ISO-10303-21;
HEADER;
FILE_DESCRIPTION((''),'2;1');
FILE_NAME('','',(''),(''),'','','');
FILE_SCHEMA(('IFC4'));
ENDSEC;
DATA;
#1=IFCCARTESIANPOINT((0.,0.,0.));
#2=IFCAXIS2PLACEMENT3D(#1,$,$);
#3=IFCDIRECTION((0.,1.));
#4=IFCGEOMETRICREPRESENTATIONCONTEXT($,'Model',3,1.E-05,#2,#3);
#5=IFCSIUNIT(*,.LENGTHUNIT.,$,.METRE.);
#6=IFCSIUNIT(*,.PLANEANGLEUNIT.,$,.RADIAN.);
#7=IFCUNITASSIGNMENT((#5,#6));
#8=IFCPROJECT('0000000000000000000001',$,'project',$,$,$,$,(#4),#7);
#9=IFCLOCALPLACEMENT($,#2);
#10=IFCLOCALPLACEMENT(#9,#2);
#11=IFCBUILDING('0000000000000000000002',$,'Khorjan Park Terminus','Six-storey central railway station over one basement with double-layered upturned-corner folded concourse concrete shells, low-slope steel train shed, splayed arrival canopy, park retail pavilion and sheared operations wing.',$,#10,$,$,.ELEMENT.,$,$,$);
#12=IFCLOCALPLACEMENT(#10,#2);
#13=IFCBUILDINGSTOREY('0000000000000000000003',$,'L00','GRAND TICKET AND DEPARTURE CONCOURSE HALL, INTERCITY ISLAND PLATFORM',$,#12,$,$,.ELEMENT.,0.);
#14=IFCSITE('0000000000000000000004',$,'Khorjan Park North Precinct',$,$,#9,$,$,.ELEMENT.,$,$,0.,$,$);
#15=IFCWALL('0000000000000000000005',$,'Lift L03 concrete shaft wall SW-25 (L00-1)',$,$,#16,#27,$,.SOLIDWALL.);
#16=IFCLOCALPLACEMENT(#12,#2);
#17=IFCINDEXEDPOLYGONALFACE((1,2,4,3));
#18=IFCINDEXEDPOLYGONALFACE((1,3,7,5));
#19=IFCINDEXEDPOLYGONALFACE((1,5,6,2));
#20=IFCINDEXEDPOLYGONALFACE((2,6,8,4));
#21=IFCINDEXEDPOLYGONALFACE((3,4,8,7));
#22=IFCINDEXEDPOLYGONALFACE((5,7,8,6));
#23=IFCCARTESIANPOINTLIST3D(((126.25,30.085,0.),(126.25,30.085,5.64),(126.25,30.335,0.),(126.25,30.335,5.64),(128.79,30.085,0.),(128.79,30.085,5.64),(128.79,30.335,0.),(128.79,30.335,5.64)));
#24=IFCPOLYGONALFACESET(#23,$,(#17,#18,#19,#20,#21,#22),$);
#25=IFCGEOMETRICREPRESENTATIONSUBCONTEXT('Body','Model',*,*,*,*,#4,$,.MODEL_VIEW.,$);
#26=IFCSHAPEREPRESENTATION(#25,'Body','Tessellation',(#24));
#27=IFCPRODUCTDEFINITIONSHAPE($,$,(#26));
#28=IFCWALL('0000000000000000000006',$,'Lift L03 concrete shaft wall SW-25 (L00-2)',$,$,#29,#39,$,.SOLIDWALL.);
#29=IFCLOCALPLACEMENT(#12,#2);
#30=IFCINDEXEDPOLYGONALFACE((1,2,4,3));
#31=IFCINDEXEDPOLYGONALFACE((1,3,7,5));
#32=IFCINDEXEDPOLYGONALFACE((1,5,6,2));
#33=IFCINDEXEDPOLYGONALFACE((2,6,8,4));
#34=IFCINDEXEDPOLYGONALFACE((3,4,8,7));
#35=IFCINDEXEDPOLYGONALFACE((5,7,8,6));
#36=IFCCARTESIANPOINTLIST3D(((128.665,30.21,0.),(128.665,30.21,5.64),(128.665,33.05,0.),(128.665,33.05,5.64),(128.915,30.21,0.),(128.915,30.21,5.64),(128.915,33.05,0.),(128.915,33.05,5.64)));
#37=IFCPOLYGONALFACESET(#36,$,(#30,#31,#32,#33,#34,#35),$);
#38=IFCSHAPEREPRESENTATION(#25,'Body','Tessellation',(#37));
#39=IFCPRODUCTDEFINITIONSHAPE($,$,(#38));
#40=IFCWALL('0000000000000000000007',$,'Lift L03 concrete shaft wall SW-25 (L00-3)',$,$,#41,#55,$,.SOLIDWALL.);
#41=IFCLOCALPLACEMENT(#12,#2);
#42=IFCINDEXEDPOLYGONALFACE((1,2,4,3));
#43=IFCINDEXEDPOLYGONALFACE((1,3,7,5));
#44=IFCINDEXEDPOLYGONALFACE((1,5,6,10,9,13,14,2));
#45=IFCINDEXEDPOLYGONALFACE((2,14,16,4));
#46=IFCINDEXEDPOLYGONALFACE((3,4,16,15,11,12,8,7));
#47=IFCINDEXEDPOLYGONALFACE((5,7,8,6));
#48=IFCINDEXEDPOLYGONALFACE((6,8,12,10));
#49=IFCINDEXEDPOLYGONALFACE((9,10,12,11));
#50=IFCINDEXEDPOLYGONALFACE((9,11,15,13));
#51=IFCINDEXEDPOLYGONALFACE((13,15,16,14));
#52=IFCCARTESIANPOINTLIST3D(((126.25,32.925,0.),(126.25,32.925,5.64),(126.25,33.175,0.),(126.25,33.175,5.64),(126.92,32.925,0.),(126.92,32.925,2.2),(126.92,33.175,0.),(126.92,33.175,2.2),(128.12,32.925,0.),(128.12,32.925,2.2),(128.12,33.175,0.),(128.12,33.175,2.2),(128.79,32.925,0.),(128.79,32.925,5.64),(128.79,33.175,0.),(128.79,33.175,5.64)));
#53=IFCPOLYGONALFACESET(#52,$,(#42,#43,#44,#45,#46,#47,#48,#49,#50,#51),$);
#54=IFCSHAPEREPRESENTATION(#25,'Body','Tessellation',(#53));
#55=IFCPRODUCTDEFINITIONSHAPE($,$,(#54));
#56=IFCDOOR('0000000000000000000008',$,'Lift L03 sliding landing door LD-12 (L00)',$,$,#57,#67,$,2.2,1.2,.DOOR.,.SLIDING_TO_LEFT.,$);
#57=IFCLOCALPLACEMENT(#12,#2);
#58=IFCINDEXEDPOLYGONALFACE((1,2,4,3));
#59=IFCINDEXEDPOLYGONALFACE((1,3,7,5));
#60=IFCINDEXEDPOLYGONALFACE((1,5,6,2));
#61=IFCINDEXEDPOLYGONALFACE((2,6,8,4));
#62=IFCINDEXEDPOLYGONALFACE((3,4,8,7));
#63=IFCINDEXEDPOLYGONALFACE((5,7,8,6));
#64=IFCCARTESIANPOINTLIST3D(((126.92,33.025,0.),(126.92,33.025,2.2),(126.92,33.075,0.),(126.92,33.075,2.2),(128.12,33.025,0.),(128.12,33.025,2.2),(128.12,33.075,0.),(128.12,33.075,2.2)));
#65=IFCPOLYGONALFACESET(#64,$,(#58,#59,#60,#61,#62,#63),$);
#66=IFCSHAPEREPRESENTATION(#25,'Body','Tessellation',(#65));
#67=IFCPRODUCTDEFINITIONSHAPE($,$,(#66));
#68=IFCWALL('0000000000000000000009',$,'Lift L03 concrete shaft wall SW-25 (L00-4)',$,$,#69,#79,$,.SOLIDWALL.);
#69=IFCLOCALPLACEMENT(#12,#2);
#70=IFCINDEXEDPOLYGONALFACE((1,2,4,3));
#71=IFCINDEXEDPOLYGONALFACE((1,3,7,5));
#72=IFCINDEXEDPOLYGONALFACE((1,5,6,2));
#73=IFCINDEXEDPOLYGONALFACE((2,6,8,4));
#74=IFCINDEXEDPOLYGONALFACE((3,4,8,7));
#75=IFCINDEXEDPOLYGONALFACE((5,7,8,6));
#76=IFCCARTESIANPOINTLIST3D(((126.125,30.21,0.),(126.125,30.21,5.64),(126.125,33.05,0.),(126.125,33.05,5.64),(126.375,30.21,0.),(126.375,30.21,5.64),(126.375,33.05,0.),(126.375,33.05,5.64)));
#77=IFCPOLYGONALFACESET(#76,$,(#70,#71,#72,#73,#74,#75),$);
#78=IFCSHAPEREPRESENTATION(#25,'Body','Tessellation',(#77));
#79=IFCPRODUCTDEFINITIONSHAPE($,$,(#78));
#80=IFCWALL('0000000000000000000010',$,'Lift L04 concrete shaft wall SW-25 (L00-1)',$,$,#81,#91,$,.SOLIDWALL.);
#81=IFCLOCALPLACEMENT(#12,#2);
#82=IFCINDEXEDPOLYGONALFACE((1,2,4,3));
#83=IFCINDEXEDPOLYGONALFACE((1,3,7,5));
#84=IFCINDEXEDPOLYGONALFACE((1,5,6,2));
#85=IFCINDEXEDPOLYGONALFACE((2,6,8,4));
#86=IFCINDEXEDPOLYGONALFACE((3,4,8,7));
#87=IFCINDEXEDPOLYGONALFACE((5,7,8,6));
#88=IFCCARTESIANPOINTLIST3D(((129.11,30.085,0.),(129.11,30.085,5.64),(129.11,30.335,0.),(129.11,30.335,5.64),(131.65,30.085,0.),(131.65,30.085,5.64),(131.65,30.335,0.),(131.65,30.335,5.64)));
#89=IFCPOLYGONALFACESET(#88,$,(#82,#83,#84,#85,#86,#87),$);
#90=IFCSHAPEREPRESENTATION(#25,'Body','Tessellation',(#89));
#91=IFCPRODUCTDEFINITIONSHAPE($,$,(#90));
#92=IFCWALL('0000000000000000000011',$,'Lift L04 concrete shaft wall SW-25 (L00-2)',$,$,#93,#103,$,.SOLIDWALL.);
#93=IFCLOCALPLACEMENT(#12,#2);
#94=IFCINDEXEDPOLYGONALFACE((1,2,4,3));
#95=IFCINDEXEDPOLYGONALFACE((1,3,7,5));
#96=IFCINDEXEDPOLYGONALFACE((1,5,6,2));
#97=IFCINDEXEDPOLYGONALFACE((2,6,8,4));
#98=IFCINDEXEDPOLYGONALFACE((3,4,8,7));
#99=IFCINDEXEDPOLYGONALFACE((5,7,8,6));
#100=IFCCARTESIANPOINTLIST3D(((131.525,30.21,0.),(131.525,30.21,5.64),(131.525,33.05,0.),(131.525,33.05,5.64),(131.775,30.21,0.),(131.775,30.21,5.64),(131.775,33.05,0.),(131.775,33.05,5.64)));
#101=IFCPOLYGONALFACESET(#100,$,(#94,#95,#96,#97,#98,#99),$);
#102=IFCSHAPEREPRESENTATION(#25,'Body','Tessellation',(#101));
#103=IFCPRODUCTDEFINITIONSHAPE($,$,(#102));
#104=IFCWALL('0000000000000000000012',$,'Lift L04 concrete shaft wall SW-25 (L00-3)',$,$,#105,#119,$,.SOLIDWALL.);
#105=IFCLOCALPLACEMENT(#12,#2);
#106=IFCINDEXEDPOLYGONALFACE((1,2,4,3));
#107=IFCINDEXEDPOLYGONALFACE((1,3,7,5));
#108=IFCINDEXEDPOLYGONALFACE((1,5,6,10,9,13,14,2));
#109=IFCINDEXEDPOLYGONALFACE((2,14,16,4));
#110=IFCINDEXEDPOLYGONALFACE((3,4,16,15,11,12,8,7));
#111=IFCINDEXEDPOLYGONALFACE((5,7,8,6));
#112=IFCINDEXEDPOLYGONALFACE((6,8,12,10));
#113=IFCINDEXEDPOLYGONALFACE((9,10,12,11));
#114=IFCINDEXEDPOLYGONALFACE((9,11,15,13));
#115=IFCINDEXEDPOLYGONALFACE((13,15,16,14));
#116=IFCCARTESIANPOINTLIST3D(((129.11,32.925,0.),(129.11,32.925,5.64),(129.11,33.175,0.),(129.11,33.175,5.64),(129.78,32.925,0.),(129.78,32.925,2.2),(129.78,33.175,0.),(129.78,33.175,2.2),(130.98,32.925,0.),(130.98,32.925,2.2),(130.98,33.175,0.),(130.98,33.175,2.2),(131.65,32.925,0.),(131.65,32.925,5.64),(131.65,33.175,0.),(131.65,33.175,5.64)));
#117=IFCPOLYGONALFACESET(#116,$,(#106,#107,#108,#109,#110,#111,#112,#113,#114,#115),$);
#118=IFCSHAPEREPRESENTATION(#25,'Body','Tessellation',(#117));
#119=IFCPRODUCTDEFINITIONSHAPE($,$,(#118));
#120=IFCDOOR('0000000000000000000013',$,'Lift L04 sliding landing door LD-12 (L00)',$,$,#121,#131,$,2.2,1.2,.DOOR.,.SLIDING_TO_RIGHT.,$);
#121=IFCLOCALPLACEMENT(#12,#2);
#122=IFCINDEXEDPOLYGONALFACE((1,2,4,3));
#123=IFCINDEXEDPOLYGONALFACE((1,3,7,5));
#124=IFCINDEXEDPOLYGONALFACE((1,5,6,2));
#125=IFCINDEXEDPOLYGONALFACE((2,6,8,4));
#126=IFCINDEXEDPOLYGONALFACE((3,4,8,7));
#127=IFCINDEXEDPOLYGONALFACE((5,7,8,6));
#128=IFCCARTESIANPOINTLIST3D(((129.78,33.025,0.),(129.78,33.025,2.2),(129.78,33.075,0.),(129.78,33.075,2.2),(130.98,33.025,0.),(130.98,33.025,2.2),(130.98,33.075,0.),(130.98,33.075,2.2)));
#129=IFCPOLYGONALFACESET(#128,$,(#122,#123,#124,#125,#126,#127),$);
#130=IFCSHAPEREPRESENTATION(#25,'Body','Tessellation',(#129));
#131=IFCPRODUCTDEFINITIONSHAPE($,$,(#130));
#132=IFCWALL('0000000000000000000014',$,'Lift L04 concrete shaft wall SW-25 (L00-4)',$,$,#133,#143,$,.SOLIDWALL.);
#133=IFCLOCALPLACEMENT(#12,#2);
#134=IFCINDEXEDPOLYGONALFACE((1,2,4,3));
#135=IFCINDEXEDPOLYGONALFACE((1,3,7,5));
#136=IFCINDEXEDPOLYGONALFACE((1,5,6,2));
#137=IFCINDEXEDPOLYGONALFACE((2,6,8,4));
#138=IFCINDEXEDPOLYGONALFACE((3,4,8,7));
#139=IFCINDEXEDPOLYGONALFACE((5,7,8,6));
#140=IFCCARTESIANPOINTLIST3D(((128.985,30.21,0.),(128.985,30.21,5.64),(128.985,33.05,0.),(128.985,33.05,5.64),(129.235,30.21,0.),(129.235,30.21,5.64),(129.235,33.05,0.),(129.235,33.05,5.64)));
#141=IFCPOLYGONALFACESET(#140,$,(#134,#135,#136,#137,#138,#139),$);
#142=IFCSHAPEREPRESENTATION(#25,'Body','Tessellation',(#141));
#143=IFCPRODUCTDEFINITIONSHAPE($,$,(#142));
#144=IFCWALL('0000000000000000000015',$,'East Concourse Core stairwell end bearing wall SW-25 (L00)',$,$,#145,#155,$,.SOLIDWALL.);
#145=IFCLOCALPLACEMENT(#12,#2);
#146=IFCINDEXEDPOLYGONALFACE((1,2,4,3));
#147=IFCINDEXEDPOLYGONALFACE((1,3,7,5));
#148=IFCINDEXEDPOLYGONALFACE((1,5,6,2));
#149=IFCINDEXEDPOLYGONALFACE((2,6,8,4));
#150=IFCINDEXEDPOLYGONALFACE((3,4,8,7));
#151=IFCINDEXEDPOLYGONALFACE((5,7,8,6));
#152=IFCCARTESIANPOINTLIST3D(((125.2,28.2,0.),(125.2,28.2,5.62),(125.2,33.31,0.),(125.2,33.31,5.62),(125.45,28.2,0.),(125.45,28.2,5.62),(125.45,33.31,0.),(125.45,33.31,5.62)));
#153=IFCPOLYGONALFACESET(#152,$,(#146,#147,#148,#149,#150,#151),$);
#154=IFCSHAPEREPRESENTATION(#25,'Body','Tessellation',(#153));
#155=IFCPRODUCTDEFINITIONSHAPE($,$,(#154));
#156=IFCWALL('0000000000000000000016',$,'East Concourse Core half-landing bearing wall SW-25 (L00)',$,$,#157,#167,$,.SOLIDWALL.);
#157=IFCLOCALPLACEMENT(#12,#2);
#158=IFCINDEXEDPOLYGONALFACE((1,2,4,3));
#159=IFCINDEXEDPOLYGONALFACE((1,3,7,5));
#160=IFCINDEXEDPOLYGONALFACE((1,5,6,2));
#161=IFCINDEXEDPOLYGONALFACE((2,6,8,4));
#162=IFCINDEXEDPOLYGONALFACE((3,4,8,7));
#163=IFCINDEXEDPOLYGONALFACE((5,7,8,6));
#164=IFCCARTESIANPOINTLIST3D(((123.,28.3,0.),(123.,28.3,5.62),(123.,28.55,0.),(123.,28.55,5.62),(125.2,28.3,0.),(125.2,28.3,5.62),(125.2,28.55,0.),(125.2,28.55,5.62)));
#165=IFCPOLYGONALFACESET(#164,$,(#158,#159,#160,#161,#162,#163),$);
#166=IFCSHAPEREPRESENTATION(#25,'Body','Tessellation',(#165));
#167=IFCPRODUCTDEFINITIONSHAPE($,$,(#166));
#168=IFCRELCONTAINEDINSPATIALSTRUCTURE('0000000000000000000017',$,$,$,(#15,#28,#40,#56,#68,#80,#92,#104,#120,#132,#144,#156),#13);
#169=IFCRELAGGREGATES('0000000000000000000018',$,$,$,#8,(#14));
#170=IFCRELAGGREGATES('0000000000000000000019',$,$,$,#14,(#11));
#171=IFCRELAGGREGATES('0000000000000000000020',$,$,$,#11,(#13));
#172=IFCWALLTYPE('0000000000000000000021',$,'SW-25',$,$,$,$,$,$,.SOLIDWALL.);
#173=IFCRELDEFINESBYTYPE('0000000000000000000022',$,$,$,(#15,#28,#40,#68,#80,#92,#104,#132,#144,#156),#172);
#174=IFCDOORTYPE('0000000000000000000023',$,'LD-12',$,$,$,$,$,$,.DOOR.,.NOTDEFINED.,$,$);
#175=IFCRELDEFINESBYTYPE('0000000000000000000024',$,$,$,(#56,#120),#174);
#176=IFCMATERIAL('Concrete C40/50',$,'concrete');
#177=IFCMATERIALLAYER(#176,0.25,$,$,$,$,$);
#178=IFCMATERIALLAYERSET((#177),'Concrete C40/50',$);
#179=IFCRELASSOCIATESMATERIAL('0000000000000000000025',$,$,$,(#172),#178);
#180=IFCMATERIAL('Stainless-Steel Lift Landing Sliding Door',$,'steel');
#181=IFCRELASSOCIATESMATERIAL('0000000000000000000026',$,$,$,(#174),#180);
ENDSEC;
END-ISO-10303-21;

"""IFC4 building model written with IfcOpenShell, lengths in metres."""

from ifc_helpers import new_model, si_unit, direction, frame, frame_2d, origin, place, context, subcontext, project, spatial, rectangle, extrude, material, layer, layer_set, type_object, element, fill, save


model = new_model("IFC4")

# Units and contexts
model_context = context("Model", 3, precision=1e-05, world=origin(), true_north=direction((0.0, 1.0)))
body_context = subcontext(model_context, "Body", "Model", "MODEL_VIEW")
ifc_project = project(units=[si_unit("LENGTHUNIT", "METRE"), si_unit("PLANEANGLEUNIT", "RADIAN")], contexts=[model_context])

# Site, building, storey
site_placement = place(None, origin())
site = spatial("IfcSite", under=ifc_project, at=site_placement, Name="Khorjan Park North Precinct", CompositionType="ELEMENT", RefElevation=0.0)
building_placement = place(site_placement, origin())
building = spatial("IfcBuilding", under=site, at=building_placement, Name="Khorjan Park Terminus", Description="Six-storey central railway station over one basement with double-layered upturned-corner folded concourse concrete shells, low-slope steel train shed, splayed arrival canopy, park retail pavilion and sheared operations wing.", CompositionType="ELEMENT")
storey_placement = place(building_placement, origin())
storey = spatial("IfcBuildingStorey", under=building, at=storey_placement, Name="L00", Description="GRAND TICKET AND DEPARTURE CONCOURSE HALL, INTERCITY ISLAND PLATFORM", CompositionType="ELEMENT", Elevation=0.0)

# Walls
ifc_material_1 = material(Name="Concrete C40/50", Category="concrete")
ifc_layer = layer(ifc_material_1, 0.25)
ifc_layer_set = layer_set([ifc_layer], Name="Concrete C40/50")
wall_type = type_object("IfcWallType", Name="SW-25", PredefinedType="SOLIDWALL", material=ifc_layer_set)
wall_1_placement = place(storey_placement, frame((126.25, 30.21, 0.0), z_axis=(0.0, 0.0, 1.0), x_axis=(1.0, 0.0, 0.0)))
element("IfcWall", 1, at=wall_1_placement, inside=storey, type_object=wall_type, Name="Lift L03 concrete shaft wall SW-25 (L00-1)", PredefinedType="SOLIDWALL", context=body_context, shape_type="SweptSolid", body=[
    extrude(rectangle(XDim=2.54, YDim=0.25, at=frame_2d((1.27, 0.0))), origin(), (0.0, 0.0, 1.0), 5.64),
])
wall_2_placement = place(storey_placement, frame((128.79, 30.21, 0.0), z_axis=(0.0, 0.0, 1.0), x_axis=(0.0, 1.0, 0.0)))
element("IfcWall", 2, at=wall_2_placement, inside=storey, type_object=wall_type, Name="Lift L03 concrete shaft wall SW-25 (L00-2)", PredefinedType="SOLIDWALL", context=body_context, shape_type="SweptSolid", body=[
    extrude(rectangle(XDim=2.84, YDim=0.25, at=frame_2d((1.42, 0.0))), origin(), (0.0, 0.0, 1.0), 5.64),
])

# Wall, opening, door
wall_3_placement = place(storey_placement, frame((128.79, 33.05, 0.0), z_axis=(0.0, 0.0, 1.0), x_axis=(-1.0, 0.0, 0.0)))
wall_3 = element("IfcWall", 3, at=wall_3_placement, inside=storey, type_object=wall_type, Name="Lift L03 concrete shaft wall SW-25 (L00-3)", PredefinedType="SOLIDWALL", context=body_context, shape_type="SweptSolid", body=[
    extrude(rectangle(XDim=2.54, YDim=0.25, at=frame_2d((1.27, 0.0))), origin(), (0.0, 0.0, 1.0), 5.64),
])
opening_1_placement = place(wall_3_placement, frame((0.67, 0.0, 0.0)))
opening_1 = element("IfcOpeningElement", 4, at=opening_1_placement, cuts=wall_3, PredefinedType="OPENING", context=body_context, shape_type="SweptSolid", body=[
    extrude(rectangle(XDim=1.2, YDim=2.2, at=frame_2d((0.6, 1.1))), frame((0.0, 0.135, 0.0), z_axis=(0.0, -1.0, 0.0), x_axis=(1.0, 0.0, 0.0)), (0.0, 0.0, 1.0), 0.27),
])
ifc_material_2 = material(Name="Stainless-Steel Lift Landing Sliding Door", Category="steel")
door_type = type_object("IfcDoorType", Name="LD-12", OperationType="NOTDEFINED", PredefinedType="DOOR", material=ifc_material_2)
door_1_placement = place(opening_1_placement, origin())
door_1 = element("IfcDoor", 5, at=door_1_placement, inside=storey, type_object=door_type, Name="Lift L03 sliding landing door LD-12 (L00)", OperationType="SLIDING_TO_LEFT", OverallHeight=2.2, OverallWidth=1.2, PredefinedType="DOOR", context=body_context, shape_type="SweptSolid", body=[
    extrude(rectangle(XDim=1.2, YDim=2.2, at=frame_2d((0.6, 1.1))), frame((0.0, 0.025, 0.0), z_axis=(0.0, -1.0, 0.0), x_axis=(1.0, 0.0, 0.0)), (0.0, 0.0, 1.0), 0.05),
])
fill(opening_1, door_1)

# Walls
wall_4_placement = place(storey_placement, frame((126.25, 33.05, 0.0), z_axis=(0.0, 0.0, 1.0), x_axis=(0.0, -1.0, 0.0)))
element("IfcWall", 6, at=wall_4_placement, inside=storey, type_object=wall_type, Name="Lift L03 concrete shaft wall SW-25 (L00-4)", PredefinedType="SOLIDWALL", context=body_context, shape_type="SweptSolid", body=[
    extrude(rectangle(XDim=2.84, YDim=0.25, at=frame_2d((1.42, 0.0))), origin(), (0.0, 0.0, 1.0), 5.64),
])
wall_5_placement = place(storey_placement, frame((129.11, 30.21, 0.0), z_axis=(0.0, 0.0, 1.0), x_axis=(1.0, 0.0, 0.0)))
element("IfcWall", 7, at=wall_5_placement, inside=storey, type_object=wall_type, Name="Lift L04 concrete shaft wall SW-25 (L00-1)", PredefinedType="SOLIDWALL", context=body_context, shape_type="SweptSolid", body=[
    extrude(rectangle(XDim=2.54, YDim=0.25, at=frame_2d((1.27, 0.0))), origin(), (0.0, 0.0, 1.0), 5.64),
])
wall_6_placement = place(storey_placement, frame((131.65, 30.21, 0.0), z_axis=(0.0, 0.0, 1.0), x_axis=(0.0, 1.0, 0.0)))
element("IfcWall", 8, at=wall_6_placement, inside=storey, type_object=wall_type, Name="Lift L04 concrete shaft wall SW-25 (L00-2)", PredefinedType="SOLIDWALL", context=body_context, shape_type="SweptSolid", body=[
    extrude(rectangle(XDim=2.84, YDim=0.25, at=frame_2d((1.42, 0.0))), origin(), (0.0, 0.0, 1.0), 5.64),
])

# Wall, opening, door
wall_7_placement = place(storey_placement, frame((131.65, 33.05, 0.0), z_axis=(0.0, 0.0, 1.0), x_axis=(-1.0, 0.0, 0.0)))
wall_7 = element("IfcWall", 9, at=wall_7_placement, inside=storey, type_object=wall_type, Name="Lift L04 concrete shaft wall SW-25 (L00-3)", PredefinedType="SOLIDWALL", context=body_context, shape_type="SweptSolid", body=[
    extrude(rectangle(XDim=2.54, YDim=0.25, at=frame_2d((1.27, 0.0))), origin(), (0.0, 0.0, 1.0), 5.64),
])
opening_2_placement = place(wall_7_placement, frame((0.67, 0.0, 0.0)))
opening_2 = element("IfcOpeningElement", 10, at=opening_2_placement, cuts=wall_7, PredefinedType="OPENING", context=body_context, shape_type="SweptSolid", body=[
    extrude(rectangle(XDim=1.2, YDim=2.2, at=frame_2d((0.6, 1.1))), frame((0.0, 0.135, 0.0), z_axis=(0.0, -1.0, 0.0), x_axis=(1.0, 0.0, 0.0)), (0.0, 0.0, 1.0), 0.27),
])
door_2_placement = place(opening_2_placement, origin())
door_2 = element("IfcDoor", 11, at=door_2_placement, inside=storey, type_object=door_type, Name="Lift L04 sliding landing door LD-12 (L00)", OperationType="SLIDING_TO_RIGHT", OverallHeight=2.2, OverallWidth=1.2, PredefinedType="DOOR", context=body_context, shape_type="SweptSolid", body=[
    extrude(rectangle(XDim=1.2, YDim=2.2, at=frame_2d((0.6, 1.1))), frame((0.0, 0.025, 0.0), z_axis=(0.0, -1.0, 0.0), x_axis=(1.0, 0.0, 0.0)), (0.0, 0.0, 1.0), 0.05),
])
fill(opening_2, door_2)

# Walls
wall_8_placement = place(storey_placement, frame((129.11, 33.05, 0.0), z_axis=(0.0, 0.0, 1.0), x_axis=(0.0, -1.0, 0.0)))
element("IfcWall", 12, at=wall_8_placement, inside=storey, type_object=wall_type, Name="Lift L04 concrete shaft wall SW-25 (L00-4)", PredefinedType="SOLIDWALL", context=body_context, shape_type="SweptSolid", body=[
    extrude(rectangle(XDim=2.84, YDim=0.25, at=frame_2d((1.42, 0.0))), origin(), (0.0, 0.0, 1.0), 5.64),
])
wall_9_placement = place(storey_placement, frame((125.325, 28.2, 0.0), z_axis=(0.0, 0.0, 1.0), x_axis=(0.0, 1.0, 0.0)))
element("IfcWall", 13, at=wall_9_placement, inside=storey, type_object=wall_type, Name="East Concourse Core stairwell end bearing wall SW-25 (L00)", PredefinedType="SOLIDWALL", context=body_context, shape_type="SweptSolid", body=[
    extrude(rectangle(XDim=5.11, YDim=0.25, at=frame_2d((2.555, 0.0))), origin(), (0.0, 0.0, 1.0), 5.62),
])
wall_10_placement = place(storey_placement, frame((123.0, 28.425, 0.0), z_axis=(0.0, 0.0, 1.0), x_axis=(1.0, 0.0, 0.0)))
element("IfcWall", 14, at=wall_10_placement, inside=storey, type_object=wall_type, Name="East Concourse Core half-landing bearing wall SW-25 (L00)", PredefinedType="SOLIDWALL", context=body_context, shape_type="SweptSolid", body=[
    extrude(rectangle(XDim=2.2, YDim=0.25, at=frame_2d((1.1, 0.0))), origin(), (0.0, 0.0, 1.0), 5.62),
])

save(model, "model.ifc")
